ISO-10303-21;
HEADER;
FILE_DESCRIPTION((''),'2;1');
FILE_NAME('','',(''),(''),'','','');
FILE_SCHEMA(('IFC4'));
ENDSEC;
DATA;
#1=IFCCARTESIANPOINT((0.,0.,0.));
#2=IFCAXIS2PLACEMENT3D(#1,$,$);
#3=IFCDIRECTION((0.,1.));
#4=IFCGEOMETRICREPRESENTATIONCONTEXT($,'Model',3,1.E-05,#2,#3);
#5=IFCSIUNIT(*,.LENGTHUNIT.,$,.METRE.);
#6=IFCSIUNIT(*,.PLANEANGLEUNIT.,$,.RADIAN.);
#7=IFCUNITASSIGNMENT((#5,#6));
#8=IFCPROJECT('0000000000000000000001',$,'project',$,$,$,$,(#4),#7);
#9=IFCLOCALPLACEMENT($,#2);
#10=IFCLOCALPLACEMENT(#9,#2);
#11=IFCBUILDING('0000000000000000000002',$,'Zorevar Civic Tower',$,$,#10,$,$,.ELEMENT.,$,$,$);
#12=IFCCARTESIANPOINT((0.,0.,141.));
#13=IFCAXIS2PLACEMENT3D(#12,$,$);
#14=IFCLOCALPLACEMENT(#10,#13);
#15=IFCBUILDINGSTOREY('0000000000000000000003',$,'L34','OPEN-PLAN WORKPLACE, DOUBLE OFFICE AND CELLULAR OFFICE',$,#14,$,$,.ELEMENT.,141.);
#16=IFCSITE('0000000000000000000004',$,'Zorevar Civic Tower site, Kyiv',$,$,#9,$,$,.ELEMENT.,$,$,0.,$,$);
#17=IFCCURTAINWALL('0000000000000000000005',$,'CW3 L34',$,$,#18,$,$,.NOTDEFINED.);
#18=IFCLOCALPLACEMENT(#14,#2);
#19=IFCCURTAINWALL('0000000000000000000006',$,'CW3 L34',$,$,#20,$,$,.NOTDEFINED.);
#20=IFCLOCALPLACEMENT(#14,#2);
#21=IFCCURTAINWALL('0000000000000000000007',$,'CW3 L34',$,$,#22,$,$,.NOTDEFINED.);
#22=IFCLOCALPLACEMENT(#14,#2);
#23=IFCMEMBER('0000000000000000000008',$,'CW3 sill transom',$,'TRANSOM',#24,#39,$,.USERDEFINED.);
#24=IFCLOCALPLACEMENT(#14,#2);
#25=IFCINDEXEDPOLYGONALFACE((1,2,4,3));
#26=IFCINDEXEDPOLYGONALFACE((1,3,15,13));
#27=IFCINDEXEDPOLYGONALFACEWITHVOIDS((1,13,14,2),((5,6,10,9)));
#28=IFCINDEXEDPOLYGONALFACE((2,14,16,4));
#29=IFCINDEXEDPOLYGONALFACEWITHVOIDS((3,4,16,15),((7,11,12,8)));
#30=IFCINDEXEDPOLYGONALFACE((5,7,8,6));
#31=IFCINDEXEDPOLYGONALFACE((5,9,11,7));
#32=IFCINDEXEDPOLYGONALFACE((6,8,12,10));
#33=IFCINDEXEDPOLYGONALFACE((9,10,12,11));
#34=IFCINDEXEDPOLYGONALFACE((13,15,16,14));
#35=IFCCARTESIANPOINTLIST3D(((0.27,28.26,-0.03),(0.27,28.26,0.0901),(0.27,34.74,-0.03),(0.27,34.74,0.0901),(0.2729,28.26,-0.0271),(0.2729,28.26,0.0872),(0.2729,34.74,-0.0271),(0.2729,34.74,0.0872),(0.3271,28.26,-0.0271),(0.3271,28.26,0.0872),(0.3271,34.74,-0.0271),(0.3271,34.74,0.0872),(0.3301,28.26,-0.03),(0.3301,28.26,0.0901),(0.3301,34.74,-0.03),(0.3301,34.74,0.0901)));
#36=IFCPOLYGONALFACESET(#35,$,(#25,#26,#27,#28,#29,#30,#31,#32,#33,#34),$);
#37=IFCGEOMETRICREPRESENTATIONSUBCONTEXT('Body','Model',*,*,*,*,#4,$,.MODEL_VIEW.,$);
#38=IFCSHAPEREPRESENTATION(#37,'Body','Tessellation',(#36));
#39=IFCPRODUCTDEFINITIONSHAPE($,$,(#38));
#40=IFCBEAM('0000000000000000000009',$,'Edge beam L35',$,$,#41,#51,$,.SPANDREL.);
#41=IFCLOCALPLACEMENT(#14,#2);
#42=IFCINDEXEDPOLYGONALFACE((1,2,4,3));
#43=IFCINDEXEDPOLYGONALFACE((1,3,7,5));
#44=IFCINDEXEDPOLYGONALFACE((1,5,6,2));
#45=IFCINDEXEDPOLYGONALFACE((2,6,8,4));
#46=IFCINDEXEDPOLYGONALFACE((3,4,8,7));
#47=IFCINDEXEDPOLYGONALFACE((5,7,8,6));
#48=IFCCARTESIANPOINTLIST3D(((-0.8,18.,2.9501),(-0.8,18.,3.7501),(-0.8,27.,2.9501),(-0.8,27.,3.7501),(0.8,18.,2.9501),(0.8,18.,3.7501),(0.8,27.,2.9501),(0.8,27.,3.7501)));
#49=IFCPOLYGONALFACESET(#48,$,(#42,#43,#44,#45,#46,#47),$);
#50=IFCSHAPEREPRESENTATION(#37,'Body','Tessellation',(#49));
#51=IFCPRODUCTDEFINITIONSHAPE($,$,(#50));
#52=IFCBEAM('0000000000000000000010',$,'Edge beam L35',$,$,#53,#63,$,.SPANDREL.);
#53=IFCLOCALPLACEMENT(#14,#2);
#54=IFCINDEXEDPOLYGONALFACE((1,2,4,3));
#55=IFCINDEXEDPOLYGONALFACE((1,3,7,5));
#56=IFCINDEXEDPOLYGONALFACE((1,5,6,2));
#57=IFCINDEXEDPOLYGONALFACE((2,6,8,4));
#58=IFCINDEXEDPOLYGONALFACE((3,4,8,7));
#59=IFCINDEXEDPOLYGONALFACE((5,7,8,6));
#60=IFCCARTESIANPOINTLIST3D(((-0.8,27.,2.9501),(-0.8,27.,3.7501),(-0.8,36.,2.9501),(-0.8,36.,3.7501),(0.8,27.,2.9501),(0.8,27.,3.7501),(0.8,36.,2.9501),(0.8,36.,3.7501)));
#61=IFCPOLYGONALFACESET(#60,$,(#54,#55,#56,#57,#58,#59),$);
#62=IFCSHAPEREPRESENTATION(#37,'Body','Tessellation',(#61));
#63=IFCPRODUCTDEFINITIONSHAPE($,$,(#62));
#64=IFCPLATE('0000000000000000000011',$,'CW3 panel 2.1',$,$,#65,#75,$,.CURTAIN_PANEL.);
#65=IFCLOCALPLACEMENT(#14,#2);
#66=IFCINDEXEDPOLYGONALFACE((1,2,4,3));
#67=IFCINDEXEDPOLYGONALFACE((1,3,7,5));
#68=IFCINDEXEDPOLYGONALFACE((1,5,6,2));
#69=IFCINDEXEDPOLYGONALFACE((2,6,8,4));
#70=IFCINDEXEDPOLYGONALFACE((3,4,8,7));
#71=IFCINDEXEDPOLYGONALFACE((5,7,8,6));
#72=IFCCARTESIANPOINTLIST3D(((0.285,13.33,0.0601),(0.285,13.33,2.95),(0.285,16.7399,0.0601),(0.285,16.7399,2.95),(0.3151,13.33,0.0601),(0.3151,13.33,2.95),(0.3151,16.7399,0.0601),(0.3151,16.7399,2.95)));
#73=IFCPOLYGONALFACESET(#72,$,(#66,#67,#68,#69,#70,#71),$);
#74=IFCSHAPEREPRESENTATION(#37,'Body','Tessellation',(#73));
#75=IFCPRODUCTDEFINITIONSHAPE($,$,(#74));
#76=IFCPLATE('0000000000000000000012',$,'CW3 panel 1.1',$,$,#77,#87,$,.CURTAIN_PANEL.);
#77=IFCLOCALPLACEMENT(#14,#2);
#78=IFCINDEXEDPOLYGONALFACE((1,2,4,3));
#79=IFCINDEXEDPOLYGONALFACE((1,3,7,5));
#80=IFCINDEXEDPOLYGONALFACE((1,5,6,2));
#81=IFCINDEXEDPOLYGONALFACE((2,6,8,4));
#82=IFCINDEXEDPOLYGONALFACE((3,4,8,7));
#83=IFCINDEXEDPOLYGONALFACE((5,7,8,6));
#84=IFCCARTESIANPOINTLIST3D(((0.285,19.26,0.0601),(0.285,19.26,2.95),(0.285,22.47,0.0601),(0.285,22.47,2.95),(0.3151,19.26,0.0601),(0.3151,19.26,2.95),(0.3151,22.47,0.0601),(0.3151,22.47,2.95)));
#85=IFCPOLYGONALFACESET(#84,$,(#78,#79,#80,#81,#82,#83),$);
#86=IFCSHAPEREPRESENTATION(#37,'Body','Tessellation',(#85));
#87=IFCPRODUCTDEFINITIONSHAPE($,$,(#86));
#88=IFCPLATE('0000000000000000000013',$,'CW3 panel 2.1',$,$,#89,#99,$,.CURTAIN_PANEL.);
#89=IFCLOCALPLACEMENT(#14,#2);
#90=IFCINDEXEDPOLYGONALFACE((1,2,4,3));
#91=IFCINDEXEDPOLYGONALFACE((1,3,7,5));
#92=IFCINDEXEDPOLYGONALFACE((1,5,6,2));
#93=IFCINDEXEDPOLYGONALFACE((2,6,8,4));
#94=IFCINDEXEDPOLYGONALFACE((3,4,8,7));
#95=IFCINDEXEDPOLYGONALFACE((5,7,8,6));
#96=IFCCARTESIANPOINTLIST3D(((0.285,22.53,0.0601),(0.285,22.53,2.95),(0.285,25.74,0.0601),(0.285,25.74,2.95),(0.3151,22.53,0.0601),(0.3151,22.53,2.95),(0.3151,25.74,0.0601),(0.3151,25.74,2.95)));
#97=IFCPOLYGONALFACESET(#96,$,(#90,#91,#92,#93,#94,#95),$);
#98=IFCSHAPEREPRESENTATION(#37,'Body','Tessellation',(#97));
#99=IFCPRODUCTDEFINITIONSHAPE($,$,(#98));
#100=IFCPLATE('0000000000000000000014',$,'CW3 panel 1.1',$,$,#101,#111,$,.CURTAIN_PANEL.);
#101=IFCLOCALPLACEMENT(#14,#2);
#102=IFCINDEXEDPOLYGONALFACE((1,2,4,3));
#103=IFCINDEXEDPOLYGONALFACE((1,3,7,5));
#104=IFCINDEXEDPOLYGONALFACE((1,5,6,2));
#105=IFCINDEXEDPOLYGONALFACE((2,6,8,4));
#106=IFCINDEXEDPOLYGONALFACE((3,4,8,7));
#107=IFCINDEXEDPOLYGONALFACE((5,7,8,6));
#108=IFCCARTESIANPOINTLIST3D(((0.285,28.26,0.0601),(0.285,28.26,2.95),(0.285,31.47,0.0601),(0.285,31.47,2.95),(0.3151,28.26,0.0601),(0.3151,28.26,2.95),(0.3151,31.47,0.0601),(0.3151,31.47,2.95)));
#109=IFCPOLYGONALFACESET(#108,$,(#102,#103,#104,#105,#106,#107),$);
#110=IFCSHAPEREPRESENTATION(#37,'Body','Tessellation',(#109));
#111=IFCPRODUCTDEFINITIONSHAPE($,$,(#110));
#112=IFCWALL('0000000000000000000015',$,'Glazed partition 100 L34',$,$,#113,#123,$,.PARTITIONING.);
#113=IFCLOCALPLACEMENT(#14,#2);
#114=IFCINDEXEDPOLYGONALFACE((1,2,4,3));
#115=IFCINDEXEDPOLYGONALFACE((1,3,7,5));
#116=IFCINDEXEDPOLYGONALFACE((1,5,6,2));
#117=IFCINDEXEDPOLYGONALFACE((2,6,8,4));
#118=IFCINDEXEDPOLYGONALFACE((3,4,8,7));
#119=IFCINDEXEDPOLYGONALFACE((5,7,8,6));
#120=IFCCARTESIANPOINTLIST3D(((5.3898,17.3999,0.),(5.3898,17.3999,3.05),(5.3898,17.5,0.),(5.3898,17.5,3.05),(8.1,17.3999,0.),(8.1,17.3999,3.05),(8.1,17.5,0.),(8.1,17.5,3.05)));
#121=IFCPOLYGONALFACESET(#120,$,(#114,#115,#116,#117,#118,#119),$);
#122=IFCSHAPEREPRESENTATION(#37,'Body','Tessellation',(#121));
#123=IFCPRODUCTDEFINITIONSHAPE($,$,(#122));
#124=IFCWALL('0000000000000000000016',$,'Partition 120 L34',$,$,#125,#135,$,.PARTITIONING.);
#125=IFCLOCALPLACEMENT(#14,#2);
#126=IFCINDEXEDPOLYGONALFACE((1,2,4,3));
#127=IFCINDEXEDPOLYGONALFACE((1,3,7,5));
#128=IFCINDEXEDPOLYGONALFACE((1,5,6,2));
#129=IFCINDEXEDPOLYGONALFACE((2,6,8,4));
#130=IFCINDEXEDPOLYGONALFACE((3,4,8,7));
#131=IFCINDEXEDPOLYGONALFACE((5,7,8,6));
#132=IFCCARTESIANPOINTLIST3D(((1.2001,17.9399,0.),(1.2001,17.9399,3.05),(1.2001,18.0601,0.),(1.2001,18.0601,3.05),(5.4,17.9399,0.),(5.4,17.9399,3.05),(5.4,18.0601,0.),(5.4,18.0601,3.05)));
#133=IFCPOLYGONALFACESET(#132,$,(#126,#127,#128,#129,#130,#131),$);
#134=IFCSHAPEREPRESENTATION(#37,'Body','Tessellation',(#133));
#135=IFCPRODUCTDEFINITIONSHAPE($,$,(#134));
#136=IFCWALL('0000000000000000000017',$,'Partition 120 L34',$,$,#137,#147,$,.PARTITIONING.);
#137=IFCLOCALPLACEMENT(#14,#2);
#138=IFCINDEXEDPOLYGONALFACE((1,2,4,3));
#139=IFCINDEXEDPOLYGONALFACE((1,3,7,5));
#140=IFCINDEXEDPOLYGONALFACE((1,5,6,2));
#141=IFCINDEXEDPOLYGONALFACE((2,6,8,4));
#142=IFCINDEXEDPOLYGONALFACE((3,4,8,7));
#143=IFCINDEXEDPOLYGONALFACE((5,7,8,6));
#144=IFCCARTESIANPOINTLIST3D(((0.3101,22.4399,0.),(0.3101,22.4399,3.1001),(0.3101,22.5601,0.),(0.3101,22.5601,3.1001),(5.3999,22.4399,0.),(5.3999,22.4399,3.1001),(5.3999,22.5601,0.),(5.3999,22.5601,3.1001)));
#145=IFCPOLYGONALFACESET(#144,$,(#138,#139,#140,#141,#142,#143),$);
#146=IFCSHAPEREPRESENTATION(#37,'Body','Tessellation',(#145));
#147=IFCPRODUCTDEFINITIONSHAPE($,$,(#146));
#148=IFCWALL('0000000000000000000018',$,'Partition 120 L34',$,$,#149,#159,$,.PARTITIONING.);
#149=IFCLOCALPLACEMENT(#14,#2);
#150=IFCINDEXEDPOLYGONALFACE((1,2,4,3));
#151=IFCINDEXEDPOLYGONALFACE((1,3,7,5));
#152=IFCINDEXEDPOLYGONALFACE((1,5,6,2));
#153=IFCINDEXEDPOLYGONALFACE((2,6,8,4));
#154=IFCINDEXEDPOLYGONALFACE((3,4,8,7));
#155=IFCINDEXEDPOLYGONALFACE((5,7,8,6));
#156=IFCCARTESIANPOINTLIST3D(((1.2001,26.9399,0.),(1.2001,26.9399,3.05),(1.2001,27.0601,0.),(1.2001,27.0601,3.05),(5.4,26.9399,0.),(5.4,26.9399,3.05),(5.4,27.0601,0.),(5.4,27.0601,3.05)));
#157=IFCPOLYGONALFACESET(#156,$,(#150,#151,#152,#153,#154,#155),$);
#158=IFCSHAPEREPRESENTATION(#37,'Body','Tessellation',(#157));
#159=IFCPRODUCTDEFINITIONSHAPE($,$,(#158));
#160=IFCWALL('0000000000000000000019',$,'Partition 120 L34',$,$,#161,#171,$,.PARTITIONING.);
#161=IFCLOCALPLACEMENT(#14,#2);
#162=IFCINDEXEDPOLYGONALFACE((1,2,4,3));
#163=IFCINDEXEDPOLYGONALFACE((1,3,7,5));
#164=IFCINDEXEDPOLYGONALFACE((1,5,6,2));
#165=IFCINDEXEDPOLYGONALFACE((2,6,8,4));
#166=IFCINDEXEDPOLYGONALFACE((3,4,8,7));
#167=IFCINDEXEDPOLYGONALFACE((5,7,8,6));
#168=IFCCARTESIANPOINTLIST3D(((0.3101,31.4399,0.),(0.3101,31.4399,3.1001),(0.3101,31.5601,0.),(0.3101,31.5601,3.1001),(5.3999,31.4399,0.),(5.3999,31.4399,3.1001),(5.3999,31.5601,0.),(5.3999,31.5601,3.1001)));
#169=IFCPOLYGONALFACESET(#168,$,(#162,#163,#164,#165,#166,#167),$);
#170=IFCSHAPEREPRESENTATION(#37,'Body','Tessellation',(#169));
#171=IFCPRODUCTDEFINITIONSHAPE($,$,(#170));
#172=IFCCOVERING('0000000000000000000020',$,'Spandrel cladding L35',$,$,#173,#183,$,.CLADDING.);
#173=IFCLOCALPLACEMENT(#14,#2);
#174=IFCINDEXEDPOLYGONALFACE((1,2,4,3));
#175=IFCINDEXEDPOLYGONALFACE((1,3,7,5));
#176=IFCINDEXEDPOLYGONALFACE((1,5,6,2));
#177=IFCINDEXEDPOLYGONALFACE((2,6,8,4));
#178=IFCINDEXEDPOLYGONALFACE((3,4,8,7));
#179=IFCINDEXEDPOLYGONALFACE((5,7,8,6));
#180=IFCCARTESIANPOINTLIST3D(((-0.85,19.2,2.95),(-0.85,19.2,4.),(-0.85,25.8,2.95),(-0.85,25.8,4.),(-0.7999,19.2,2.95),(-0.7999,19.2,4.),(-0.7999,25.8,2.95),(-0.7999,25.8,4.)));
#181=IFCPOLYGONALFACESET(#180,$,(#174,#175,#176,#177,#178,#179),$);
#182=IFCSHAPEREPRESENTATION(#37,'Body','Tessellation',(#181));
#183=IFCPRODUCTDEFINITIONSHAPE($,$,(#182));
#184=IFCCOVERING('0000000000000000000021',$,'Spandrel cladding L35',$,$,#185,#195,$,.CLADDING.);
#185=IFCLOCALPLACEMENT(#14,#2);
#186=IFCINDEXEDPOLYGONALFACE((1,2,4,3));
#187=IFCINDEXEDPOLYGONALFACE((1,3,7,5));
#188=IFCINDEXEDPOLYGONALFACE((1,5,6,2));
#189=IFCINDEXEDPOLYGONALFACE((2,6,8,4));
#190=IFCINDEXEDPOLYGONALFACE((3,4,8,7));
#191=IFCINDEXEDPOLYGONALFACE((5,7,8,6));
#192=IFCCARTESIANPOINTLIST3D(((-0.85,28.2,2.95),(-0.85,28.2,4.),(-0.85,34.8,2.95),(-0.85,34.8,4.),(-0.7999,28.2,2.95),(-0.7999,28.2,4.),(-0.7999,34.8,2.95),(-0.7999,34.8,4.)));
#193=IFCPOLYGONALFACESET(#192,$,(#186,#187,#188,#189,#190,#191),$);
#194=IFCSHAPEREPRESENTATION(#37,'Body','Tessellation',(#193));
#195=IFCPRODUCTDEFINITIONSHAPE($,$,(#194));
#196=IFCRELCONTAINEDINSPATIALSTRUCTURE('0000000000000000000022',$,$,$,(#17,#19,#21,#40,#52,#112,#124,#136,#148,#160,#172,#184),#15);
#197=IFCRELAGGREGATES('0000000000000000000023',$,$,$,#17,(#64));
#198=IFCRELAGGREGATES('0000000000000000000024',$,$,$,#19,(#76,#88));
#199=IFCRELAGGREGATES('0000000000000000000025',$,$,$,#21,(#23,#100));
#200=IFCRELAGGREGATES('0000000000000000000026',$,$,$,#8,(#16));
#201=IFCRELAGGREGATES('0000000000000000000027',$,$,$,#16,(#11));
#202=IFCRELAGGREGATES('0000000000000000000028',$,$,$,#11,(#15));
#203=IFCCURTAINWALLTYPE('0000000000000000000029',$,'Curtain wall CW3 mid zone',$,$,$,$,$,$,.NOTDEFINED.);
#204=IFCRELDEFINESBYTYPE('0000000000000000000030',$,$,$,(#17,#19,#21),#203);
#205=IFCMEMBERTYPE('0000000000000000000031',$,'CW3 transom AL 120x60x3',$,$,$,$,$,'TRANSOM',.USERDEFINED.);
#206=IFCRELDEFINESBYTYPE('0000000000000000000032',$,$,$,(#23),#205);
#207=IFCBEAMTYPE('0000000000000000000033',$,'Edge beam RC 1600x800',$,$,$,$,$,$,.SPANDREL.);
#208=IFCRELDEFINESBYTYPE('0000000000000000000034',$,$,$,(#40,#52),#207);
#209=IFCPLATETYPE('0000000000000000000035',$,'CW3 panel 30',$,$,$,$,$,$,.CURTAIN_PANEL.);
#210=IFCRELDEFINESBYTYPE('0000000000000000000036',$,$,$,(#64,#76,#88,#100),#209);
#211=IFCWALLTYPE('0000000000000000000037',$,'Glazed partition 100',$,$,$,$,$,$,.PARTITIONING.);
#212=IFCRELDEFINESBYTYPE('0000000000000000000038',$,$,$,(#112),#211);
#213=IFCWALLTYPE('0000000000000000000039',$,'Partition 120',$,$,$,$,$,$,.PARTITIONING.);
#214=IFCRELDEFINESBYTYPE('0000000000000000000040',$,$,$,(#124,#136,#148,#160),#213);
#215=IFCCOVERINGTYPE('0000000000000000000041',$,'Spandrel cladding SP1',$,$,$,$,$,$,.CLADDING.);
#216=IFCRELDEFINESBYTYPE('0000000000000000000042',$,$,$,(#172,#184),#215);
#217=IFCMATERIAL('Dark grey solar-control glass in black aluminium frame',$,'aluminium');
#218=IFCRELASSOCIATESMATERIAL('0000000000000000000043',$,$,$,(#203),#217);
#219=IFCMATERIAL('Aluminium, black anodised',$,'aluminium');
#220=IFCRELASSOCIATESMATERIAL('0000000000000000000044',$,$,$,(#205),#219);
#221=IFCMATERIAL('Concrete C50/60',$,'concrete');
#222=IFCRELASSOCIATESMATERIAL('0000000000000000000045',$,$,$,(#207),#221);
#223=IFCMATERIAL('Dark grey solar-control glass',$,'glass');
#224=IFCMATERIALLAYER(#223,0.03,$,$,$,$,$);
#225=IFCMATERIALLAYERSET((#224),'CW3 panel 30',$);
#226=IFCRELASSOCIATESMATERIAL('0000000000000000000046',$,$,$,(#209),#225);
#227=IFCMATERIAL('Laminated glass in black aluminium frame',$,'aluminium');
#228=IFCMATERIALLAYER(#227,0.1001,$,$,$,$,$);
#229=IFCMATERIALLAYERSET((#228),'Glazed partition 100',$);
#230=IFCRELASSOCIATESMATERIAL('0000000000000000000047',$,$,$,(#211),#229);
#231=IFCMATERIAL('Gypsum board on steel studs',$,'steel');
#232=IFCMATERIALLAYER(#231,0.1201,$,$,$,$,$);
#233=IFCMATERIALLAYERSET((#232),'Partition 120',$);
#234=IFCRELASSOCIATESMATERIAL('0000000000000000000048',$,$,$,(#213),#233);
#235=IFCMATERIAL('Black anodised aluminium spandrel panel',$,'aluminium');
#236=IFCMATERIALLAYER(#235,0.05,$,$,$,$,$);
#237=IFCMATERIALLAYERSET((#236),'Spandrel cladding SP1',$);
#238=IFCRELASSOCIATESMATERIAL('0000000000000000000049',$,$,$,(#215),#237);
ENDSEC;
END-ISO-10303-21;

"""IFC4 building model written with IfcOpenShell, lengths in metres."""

from ifc_helpers import new_model, si_unit, direction, frame, frame_2d, origin, origin_2d, place, context, subcontext, project, spatial, rectangle, hollow_rectangle, extrude, material, layer, layer_set, material_profile, profile_set, type_object, element, aggregate, save


model = new_model("IFC4")

# Units and contexts
model_context = context("Model", 3, precision=1e-05, world=origin(), true_north=direction((0.0, 1.0)))
body_context = subcontext(model_context, "Body", "Model", "MODEL_VIEW")
ifc_project = project(units=[si_unit("LENGTHUNIT", "METRE"), si_unit("PLANEANGLEUNIT", "RADIAN")], contexts=[model_context])

# Site, building, storey
site_placement = place(None, origin())
site = spatial("IfcSite", under=ifc_project, at=site_placement, Name="Zorevar Civic Tower site, Kyiv", CompositionType="ELEMENT", RefElevation=0.0)
building_placement = place(site_placement, origin())
building = spatial("IfcBuilding", under=site, at=building_placement, Name="Zorevar Civic Tower", CompositionType="ELEMENT")
storey_placement = place(building_placement, frame((0.0, 0.0, 141.0)))
storey = spatial("IfcBuildingStorey", under=building, at=storey_placement, Name="L34", Description="OPEN-PLAN WORKPLACE, DOUBLE OFFICE AND CELLULAR OFFICE", CompositionType="ELEMENT", Elevation=141.0)

# Curtain wall
ifc_material_1 = material(Name="Dark grey solar-control glass in black aluminium frame", Category="aluminium")
curtain_wall_type = type_object("IfcCurtainWallType", Name="Curtain wall CW3 mid zone", PredefinedType="NOTDEFINED", material=ifc_material_1)
curtain_wall_1_placement = place(storey_placement, origin())
curtain_wall_1 = element("IfcCurtainWall", 1, at=curtain_wall_1_placement, inside=storey, type_object=curtain_wall_type, Name="CW3 L34", PredefinedType="NOTDEFINED")

# Curtain walls
curtain_wall_2_placement = place(storey_placement, origin())
curtain_wall_2 = element("IfcCurtainWall", 2, at=curtain_wall_2_placement, inside=storey, type_object=curtain_wall_type, Name="CW3 L34", PredefinedType="NOTDEFINED")
curtain_wall_3_placement = place(storey_placement, origin())
curtain_wall_3 = element("IfcCurtainWall", 3, at=curtain_wall_3_placement, inside=storey, type_object=curtain_wall_type, Name="CW3 L34", PredefinedType="NOTDEFINED")

# Member
ifc_material_2 = material(Name="Aluminium, black anodised", Category="aluminium")
ifc_material_profile_1 = material_profile(ifc_material_2, hollow_rectangle(XDim=0.0601, YDim=0.1201, WallThickness=0.0029, at=origin_2d()), Name="AL 120x60x3")
ifc_profile_set_1 = profile_set([ifc_material_profile_1], Name="Aluminium, black anodised")
member_type_1 = type_object("IfcMemberType", Name="CW3 transom AL 120x60x3", ElementType="TRANSOM", PredefinedType="USERDEFINED", material=ifc_profile_set_1)
member_1_placement = place(storey_placement, frame((0.3, 28.26, 0.03), z_axis=(0.0, 1.0, 0.0), x_axis=(-1.0, 0.0, 0.0)))
member_1 = element("IfcMember", 4, at=member_1_placement, type_object=member_type_1, Name="CW3 sill transom", ObjectType="TRANSOM", PredefinedType="USERDEFINED", context=body_context, shape_type="SweptSolid", body=[
    extrude(hollow_rectangle(XDim=0.0601, YDim=0.1201, WallThickness=0.0029, at=origin_2d()), origin(), (0.0, 0.0, 1.0), 6.48),
])

# Beams
ifc_material_3 = material(Name="Concrete C50/60", Category="concrete")
ifc_material_profile_2 = material_profile(ifc_material_3, rectangle(XDim=1.6001, YDim=0.8, at=origin_2d()), Name="RC 1600x800")
ifc_profile_set_2 = profile_set([ifc_material_profile_2], Name="Concrete C50/60")
beam_type_1 = type_object("IfcBeamType", Name="Edge beam RC 1600x800", PredefinedType="SPANDREL", material=ifc_profile_set_2)
for number, where, z_axis, x_axis, name in (
    (5, (0.0, 18.0, 3.3501), (0.0, 1.0, 0.0), (-1.0, 0.0, 0.0), "Edge beam L35"),
    (6, (0.0, 27.0, 3.3501), (0.0, 1.0, 0.0), (-1.0, 0.0, 0.0), "Edge beam L35"),
):
    element("IfcBeam", number, at=place(storey_placement, frame(where, z_axis=z_axis, x_axis=x_axis)), inside=storey, type_object=beam_type_1, Name=name, PredefinedType="SPANDREL", context=body_context, shape_type="SweptSolid", body=[
        extrude(rectangle(XDim=1.6001, YDim=0.8, at=origin_2d()), origin(), (0.0, 0.0, 1.0), 9.0),
    ])

# Plates
ifc_material_4 = material(Name="Dark grey solar-control glass", Category="glass")
ifc_layer_1 = layer(ifc_material_4, 0.03)
ifc_layer_set_1 = layer_set([ifc_layer_1], Name="CW3 panel 30")
plate_type = type_object("IfcPlateType", Name="CW3 panel 30", PredefinedType="CURTAIN_PANEL", material=ifc_layer_set_1)
plate_1_placement = place(storey_placement, frame((0.3, 15.0349, 0.0601), z_axis=(0.0, 0.0, 1.0), x_axis=(0.0, 1.0, 0.0)))
plate_1 = element("IfcPlate", 7, at=plate_1_placement, type_object=plate_type, Name="CW3 panel 2.1", PredefinedType="CURTAIN_PANEL", context=body_context, shape_type="SweptSolid", body=[
    extrude(rectangle(XDim=3.4099, YDim=0.03, at=origin_2d()), origin(), (0.0, 0.0, 1.0), 2.8899),
])
aggregate(curtain_wall_1, [plate_1])
plate_2_placement = place(storey_placement, frame((0.3, 20.865, 0.0601), z_axis=(0.0, 0.0, 1.0), x_axis=(0.0, 1.0, 0.0)))
plate_2 = element("IfcPlate", 8, at=plate_2_placement, type_object=plate_type, Name="CW3 panel 1.1", PredefinedType="CURTAIN_PANEL", context=body_context, shape_type="SweptSolid", body=[
    extrude(rectangle(XDim=3.21, YDim=0.03, at=origin_2d()), origin(), (0.0, 0.0, 1.0), 2.8899),
])
plate_3_placement = place(storey_placement, frame((0.3, 24.135, 0.0601), z_axis=(0.0, 0.0, 1.0), x_axis=(0.0, 1.0, 0.0)))
plate_3 = element("IfcPlate", 9, at=plate_3_placement, type_object=plate_type, Name="CW3 panel 2.1", PredefinedType="CURTAIN_PANEL", context=body_context, shape_type="SweptSolid", body=[
    extrude(rectangle(XDim=3.21, YDim=0.03, at=origin_2d()), origin(), (0.0, 0.0, 1.0), 2.8899),
])
aggregate(curtain_wall_2, [plate_2, plate_3])
plate_4_placement = place(storey_placement, frame((0.3, 29.865, 0.0601), z_axis=(0.0, 0.0, 1.0), x_axis=(0.0, 1.0, 0.0)))
plate_4 = element("IfcPlate", 10, at=plate_4_placement, type_object=plate_type, Name="CW3 panel 1.1", PredefinedType="CURTAIN_PANEL", context=body_context, shape_type="SweptSolid", body=[
    extrude(rectangle(XDim=3.21, YDim=0.03, at=origin_2d()), origin(), (0.0, 0.0, 1.0), 2.8899),
])
aggregate(curtain_wall_3, [member_1, plate_4])

# Walls
ifc_material_5 = material(Name="Laminated glass in black aluminium frame", Category="aluminium")
ifc_layer_2 = layer(ifc_material_5, 0.1001)
ifc_layer_set_2 = layer_set([ifc_layer_2], Name="Glazed partition 100")
wall_type_1 = type_object("IfcWallType", Name="Glazed partition 100", PredefinedType="PARTITIONING", material=ifc_layer_set_2)
wall_1_placement = place(storey_placement, frame((5.3899, 17.45, 0.0), z_axis=(0.0, 0.0, 1.0), x_axis=(1.0, 0.0, 0.0)))
element("IfcWall", 11, at=wall_1_placement, inside=storey, type_object=wall_type_1, Name="Glazed partition 100 L34", PredefinedType="PARTITIONING", context=body_context, shape_type="SweptSolid", body=[
    extrude(rectangle(XDim=2.7102, YDim=0.1001, at=frame_2d((1.355, 0.0))), origin(), (0.0, 0.0, 1.0), 3.05),
])
ifc_material_6 = material(Name="Gypsum board on steel studs", Category="steel")
ifc_layer_3 = layer(ifc_material_6, 0.1201)
ifc_layer_set_3 = layer_set([ifc_layer_3], Name="Partition 120")
wall_type_2 = type_object("IfcWallType", Name="Partition 120", PredefinedType="PARTITIONING", material=ifc_layer_set_3)
wall_2_placement = place(storey_placement, frame((1.2, 18.0, 0.0), z_axis=(0.0, 0.0, 1.0), x_axis=(1.0, 0.0, 0.0)))
element("IfcWall", 12, at=wall_2_placement, inside=storey, type_object=wall_type_2, Name="Partition 120 L34", PredefinedType="PARTITIONING", context=body_context, shape_type="SweptSolid", body=[
    extrude(rectangle(XDim=4.2, YDim=0.1201, at=frame_2d((2.1001, 0.0))), origin(), (0.0, 0.0, 1.0), 3.05),
])
wall_3_placement = place(storey_placement, frame((0.3101, 22.5, 0.0), z_axis=(0.0, 0.0, 1.0), x_axis=(1.0, 0.0, 0.0)))
element("IfcWall", 13, at=wall_3_placement, inside=storey, type_object=wall_type_2, Name="Partition 120 L34", PredefinedType="PARTITIONING", context=body_context, shape_type="SweptSolid", body=[
    extrude(rectangle(XDim=5.0898, YDim=0.1201, at=frame_2d((2.5449, 0.0))), origin(), (0.0, 0.0, 1.0), 3.1001),
])
wall_4_placement = place(storey_placement, frame((1.2, 27.0, 0.0), z_axis=(0.0, 0.0, 1.0), x_axis=(1.0, 0.0, 0.0)))
element("IfcWall", 14, at=wall_4_placement, inside=storey, type_object=wall_type_2, Name="Partition 120 L34", PredefinedType="PARTITIONING", context=body_context, shape_type="SweptSolid", body=[
    extrude(rectangle(XDim=4.2, YDim=0.1201, at=frame_2d((2.1001, 0.0))), origin(), (0.0, 0.0, 1.0), 3.05),
])
wall_5_placement = place(storey_placement, frame((0.3101, 31.5, 0.0), z_axis=(0.0, 0.0, 1.0), x_axis=(1.0, 0.0, 0.0)))
element("IfcWall", 15, at=wall_5_placement, inside=storey, type_object=wall_type_2, Name="Partition 120 L34", PredefinedType="PARTITIONING", context=body_context, shape_type="SweptSolid", body=[
    extrude(rectangle(XDim=5.0898, YDim=0.1201, at=frame_2d((2.5449, 0.0))), origin(), (0.0, 0.0, 1.0), 3.1001),
])

# Coverings
ifc_material_7 = material(Name="Black anodised aluminium spandrel panel", Category="aluminium")
ifc_layer_4 = layer(ifc_material_7, 0.05)
ifc_layer_set_4 = layer_set([ifc_layer_4], Name="Spandrel cladding SP1")
covering_type = type_object("IfcCoveringType", Name="Spandrel cladding SP1", PredefinedType="CLADDING", material=ifc_layer_set_4)
for number, where, z_axis, x_axis, name in (
    (16, (-0.825, 19.2, 2.95), (0.0, 0.0, 1.0), (0.0, 1.0, 0.0), "Spandrel cladding L35"),
    (17, (-0.825, 28.2, 2.95), (0.0, 0.0, 1.0), (0.0, 1.0, 0.0), "Spandrel cladding L35"),
):
    element("IfcCovering", number, at=place(storey_placement, frame(where, z_axis=z_axis, x_axis=x_axis)), inside=storey, type_object=covering_type, Name=name, PredefinedType="CLADDING", context=body_context, shape_type="SweptSolid", body=[
        extrude(rectangle(XDim=6.6001, YDim=0.05, at=frame_2d((3.3, 0.0))), origin(), (0.0, 0.0, 1.0), 1.05),
    ])

save(model, "model.ifc")
